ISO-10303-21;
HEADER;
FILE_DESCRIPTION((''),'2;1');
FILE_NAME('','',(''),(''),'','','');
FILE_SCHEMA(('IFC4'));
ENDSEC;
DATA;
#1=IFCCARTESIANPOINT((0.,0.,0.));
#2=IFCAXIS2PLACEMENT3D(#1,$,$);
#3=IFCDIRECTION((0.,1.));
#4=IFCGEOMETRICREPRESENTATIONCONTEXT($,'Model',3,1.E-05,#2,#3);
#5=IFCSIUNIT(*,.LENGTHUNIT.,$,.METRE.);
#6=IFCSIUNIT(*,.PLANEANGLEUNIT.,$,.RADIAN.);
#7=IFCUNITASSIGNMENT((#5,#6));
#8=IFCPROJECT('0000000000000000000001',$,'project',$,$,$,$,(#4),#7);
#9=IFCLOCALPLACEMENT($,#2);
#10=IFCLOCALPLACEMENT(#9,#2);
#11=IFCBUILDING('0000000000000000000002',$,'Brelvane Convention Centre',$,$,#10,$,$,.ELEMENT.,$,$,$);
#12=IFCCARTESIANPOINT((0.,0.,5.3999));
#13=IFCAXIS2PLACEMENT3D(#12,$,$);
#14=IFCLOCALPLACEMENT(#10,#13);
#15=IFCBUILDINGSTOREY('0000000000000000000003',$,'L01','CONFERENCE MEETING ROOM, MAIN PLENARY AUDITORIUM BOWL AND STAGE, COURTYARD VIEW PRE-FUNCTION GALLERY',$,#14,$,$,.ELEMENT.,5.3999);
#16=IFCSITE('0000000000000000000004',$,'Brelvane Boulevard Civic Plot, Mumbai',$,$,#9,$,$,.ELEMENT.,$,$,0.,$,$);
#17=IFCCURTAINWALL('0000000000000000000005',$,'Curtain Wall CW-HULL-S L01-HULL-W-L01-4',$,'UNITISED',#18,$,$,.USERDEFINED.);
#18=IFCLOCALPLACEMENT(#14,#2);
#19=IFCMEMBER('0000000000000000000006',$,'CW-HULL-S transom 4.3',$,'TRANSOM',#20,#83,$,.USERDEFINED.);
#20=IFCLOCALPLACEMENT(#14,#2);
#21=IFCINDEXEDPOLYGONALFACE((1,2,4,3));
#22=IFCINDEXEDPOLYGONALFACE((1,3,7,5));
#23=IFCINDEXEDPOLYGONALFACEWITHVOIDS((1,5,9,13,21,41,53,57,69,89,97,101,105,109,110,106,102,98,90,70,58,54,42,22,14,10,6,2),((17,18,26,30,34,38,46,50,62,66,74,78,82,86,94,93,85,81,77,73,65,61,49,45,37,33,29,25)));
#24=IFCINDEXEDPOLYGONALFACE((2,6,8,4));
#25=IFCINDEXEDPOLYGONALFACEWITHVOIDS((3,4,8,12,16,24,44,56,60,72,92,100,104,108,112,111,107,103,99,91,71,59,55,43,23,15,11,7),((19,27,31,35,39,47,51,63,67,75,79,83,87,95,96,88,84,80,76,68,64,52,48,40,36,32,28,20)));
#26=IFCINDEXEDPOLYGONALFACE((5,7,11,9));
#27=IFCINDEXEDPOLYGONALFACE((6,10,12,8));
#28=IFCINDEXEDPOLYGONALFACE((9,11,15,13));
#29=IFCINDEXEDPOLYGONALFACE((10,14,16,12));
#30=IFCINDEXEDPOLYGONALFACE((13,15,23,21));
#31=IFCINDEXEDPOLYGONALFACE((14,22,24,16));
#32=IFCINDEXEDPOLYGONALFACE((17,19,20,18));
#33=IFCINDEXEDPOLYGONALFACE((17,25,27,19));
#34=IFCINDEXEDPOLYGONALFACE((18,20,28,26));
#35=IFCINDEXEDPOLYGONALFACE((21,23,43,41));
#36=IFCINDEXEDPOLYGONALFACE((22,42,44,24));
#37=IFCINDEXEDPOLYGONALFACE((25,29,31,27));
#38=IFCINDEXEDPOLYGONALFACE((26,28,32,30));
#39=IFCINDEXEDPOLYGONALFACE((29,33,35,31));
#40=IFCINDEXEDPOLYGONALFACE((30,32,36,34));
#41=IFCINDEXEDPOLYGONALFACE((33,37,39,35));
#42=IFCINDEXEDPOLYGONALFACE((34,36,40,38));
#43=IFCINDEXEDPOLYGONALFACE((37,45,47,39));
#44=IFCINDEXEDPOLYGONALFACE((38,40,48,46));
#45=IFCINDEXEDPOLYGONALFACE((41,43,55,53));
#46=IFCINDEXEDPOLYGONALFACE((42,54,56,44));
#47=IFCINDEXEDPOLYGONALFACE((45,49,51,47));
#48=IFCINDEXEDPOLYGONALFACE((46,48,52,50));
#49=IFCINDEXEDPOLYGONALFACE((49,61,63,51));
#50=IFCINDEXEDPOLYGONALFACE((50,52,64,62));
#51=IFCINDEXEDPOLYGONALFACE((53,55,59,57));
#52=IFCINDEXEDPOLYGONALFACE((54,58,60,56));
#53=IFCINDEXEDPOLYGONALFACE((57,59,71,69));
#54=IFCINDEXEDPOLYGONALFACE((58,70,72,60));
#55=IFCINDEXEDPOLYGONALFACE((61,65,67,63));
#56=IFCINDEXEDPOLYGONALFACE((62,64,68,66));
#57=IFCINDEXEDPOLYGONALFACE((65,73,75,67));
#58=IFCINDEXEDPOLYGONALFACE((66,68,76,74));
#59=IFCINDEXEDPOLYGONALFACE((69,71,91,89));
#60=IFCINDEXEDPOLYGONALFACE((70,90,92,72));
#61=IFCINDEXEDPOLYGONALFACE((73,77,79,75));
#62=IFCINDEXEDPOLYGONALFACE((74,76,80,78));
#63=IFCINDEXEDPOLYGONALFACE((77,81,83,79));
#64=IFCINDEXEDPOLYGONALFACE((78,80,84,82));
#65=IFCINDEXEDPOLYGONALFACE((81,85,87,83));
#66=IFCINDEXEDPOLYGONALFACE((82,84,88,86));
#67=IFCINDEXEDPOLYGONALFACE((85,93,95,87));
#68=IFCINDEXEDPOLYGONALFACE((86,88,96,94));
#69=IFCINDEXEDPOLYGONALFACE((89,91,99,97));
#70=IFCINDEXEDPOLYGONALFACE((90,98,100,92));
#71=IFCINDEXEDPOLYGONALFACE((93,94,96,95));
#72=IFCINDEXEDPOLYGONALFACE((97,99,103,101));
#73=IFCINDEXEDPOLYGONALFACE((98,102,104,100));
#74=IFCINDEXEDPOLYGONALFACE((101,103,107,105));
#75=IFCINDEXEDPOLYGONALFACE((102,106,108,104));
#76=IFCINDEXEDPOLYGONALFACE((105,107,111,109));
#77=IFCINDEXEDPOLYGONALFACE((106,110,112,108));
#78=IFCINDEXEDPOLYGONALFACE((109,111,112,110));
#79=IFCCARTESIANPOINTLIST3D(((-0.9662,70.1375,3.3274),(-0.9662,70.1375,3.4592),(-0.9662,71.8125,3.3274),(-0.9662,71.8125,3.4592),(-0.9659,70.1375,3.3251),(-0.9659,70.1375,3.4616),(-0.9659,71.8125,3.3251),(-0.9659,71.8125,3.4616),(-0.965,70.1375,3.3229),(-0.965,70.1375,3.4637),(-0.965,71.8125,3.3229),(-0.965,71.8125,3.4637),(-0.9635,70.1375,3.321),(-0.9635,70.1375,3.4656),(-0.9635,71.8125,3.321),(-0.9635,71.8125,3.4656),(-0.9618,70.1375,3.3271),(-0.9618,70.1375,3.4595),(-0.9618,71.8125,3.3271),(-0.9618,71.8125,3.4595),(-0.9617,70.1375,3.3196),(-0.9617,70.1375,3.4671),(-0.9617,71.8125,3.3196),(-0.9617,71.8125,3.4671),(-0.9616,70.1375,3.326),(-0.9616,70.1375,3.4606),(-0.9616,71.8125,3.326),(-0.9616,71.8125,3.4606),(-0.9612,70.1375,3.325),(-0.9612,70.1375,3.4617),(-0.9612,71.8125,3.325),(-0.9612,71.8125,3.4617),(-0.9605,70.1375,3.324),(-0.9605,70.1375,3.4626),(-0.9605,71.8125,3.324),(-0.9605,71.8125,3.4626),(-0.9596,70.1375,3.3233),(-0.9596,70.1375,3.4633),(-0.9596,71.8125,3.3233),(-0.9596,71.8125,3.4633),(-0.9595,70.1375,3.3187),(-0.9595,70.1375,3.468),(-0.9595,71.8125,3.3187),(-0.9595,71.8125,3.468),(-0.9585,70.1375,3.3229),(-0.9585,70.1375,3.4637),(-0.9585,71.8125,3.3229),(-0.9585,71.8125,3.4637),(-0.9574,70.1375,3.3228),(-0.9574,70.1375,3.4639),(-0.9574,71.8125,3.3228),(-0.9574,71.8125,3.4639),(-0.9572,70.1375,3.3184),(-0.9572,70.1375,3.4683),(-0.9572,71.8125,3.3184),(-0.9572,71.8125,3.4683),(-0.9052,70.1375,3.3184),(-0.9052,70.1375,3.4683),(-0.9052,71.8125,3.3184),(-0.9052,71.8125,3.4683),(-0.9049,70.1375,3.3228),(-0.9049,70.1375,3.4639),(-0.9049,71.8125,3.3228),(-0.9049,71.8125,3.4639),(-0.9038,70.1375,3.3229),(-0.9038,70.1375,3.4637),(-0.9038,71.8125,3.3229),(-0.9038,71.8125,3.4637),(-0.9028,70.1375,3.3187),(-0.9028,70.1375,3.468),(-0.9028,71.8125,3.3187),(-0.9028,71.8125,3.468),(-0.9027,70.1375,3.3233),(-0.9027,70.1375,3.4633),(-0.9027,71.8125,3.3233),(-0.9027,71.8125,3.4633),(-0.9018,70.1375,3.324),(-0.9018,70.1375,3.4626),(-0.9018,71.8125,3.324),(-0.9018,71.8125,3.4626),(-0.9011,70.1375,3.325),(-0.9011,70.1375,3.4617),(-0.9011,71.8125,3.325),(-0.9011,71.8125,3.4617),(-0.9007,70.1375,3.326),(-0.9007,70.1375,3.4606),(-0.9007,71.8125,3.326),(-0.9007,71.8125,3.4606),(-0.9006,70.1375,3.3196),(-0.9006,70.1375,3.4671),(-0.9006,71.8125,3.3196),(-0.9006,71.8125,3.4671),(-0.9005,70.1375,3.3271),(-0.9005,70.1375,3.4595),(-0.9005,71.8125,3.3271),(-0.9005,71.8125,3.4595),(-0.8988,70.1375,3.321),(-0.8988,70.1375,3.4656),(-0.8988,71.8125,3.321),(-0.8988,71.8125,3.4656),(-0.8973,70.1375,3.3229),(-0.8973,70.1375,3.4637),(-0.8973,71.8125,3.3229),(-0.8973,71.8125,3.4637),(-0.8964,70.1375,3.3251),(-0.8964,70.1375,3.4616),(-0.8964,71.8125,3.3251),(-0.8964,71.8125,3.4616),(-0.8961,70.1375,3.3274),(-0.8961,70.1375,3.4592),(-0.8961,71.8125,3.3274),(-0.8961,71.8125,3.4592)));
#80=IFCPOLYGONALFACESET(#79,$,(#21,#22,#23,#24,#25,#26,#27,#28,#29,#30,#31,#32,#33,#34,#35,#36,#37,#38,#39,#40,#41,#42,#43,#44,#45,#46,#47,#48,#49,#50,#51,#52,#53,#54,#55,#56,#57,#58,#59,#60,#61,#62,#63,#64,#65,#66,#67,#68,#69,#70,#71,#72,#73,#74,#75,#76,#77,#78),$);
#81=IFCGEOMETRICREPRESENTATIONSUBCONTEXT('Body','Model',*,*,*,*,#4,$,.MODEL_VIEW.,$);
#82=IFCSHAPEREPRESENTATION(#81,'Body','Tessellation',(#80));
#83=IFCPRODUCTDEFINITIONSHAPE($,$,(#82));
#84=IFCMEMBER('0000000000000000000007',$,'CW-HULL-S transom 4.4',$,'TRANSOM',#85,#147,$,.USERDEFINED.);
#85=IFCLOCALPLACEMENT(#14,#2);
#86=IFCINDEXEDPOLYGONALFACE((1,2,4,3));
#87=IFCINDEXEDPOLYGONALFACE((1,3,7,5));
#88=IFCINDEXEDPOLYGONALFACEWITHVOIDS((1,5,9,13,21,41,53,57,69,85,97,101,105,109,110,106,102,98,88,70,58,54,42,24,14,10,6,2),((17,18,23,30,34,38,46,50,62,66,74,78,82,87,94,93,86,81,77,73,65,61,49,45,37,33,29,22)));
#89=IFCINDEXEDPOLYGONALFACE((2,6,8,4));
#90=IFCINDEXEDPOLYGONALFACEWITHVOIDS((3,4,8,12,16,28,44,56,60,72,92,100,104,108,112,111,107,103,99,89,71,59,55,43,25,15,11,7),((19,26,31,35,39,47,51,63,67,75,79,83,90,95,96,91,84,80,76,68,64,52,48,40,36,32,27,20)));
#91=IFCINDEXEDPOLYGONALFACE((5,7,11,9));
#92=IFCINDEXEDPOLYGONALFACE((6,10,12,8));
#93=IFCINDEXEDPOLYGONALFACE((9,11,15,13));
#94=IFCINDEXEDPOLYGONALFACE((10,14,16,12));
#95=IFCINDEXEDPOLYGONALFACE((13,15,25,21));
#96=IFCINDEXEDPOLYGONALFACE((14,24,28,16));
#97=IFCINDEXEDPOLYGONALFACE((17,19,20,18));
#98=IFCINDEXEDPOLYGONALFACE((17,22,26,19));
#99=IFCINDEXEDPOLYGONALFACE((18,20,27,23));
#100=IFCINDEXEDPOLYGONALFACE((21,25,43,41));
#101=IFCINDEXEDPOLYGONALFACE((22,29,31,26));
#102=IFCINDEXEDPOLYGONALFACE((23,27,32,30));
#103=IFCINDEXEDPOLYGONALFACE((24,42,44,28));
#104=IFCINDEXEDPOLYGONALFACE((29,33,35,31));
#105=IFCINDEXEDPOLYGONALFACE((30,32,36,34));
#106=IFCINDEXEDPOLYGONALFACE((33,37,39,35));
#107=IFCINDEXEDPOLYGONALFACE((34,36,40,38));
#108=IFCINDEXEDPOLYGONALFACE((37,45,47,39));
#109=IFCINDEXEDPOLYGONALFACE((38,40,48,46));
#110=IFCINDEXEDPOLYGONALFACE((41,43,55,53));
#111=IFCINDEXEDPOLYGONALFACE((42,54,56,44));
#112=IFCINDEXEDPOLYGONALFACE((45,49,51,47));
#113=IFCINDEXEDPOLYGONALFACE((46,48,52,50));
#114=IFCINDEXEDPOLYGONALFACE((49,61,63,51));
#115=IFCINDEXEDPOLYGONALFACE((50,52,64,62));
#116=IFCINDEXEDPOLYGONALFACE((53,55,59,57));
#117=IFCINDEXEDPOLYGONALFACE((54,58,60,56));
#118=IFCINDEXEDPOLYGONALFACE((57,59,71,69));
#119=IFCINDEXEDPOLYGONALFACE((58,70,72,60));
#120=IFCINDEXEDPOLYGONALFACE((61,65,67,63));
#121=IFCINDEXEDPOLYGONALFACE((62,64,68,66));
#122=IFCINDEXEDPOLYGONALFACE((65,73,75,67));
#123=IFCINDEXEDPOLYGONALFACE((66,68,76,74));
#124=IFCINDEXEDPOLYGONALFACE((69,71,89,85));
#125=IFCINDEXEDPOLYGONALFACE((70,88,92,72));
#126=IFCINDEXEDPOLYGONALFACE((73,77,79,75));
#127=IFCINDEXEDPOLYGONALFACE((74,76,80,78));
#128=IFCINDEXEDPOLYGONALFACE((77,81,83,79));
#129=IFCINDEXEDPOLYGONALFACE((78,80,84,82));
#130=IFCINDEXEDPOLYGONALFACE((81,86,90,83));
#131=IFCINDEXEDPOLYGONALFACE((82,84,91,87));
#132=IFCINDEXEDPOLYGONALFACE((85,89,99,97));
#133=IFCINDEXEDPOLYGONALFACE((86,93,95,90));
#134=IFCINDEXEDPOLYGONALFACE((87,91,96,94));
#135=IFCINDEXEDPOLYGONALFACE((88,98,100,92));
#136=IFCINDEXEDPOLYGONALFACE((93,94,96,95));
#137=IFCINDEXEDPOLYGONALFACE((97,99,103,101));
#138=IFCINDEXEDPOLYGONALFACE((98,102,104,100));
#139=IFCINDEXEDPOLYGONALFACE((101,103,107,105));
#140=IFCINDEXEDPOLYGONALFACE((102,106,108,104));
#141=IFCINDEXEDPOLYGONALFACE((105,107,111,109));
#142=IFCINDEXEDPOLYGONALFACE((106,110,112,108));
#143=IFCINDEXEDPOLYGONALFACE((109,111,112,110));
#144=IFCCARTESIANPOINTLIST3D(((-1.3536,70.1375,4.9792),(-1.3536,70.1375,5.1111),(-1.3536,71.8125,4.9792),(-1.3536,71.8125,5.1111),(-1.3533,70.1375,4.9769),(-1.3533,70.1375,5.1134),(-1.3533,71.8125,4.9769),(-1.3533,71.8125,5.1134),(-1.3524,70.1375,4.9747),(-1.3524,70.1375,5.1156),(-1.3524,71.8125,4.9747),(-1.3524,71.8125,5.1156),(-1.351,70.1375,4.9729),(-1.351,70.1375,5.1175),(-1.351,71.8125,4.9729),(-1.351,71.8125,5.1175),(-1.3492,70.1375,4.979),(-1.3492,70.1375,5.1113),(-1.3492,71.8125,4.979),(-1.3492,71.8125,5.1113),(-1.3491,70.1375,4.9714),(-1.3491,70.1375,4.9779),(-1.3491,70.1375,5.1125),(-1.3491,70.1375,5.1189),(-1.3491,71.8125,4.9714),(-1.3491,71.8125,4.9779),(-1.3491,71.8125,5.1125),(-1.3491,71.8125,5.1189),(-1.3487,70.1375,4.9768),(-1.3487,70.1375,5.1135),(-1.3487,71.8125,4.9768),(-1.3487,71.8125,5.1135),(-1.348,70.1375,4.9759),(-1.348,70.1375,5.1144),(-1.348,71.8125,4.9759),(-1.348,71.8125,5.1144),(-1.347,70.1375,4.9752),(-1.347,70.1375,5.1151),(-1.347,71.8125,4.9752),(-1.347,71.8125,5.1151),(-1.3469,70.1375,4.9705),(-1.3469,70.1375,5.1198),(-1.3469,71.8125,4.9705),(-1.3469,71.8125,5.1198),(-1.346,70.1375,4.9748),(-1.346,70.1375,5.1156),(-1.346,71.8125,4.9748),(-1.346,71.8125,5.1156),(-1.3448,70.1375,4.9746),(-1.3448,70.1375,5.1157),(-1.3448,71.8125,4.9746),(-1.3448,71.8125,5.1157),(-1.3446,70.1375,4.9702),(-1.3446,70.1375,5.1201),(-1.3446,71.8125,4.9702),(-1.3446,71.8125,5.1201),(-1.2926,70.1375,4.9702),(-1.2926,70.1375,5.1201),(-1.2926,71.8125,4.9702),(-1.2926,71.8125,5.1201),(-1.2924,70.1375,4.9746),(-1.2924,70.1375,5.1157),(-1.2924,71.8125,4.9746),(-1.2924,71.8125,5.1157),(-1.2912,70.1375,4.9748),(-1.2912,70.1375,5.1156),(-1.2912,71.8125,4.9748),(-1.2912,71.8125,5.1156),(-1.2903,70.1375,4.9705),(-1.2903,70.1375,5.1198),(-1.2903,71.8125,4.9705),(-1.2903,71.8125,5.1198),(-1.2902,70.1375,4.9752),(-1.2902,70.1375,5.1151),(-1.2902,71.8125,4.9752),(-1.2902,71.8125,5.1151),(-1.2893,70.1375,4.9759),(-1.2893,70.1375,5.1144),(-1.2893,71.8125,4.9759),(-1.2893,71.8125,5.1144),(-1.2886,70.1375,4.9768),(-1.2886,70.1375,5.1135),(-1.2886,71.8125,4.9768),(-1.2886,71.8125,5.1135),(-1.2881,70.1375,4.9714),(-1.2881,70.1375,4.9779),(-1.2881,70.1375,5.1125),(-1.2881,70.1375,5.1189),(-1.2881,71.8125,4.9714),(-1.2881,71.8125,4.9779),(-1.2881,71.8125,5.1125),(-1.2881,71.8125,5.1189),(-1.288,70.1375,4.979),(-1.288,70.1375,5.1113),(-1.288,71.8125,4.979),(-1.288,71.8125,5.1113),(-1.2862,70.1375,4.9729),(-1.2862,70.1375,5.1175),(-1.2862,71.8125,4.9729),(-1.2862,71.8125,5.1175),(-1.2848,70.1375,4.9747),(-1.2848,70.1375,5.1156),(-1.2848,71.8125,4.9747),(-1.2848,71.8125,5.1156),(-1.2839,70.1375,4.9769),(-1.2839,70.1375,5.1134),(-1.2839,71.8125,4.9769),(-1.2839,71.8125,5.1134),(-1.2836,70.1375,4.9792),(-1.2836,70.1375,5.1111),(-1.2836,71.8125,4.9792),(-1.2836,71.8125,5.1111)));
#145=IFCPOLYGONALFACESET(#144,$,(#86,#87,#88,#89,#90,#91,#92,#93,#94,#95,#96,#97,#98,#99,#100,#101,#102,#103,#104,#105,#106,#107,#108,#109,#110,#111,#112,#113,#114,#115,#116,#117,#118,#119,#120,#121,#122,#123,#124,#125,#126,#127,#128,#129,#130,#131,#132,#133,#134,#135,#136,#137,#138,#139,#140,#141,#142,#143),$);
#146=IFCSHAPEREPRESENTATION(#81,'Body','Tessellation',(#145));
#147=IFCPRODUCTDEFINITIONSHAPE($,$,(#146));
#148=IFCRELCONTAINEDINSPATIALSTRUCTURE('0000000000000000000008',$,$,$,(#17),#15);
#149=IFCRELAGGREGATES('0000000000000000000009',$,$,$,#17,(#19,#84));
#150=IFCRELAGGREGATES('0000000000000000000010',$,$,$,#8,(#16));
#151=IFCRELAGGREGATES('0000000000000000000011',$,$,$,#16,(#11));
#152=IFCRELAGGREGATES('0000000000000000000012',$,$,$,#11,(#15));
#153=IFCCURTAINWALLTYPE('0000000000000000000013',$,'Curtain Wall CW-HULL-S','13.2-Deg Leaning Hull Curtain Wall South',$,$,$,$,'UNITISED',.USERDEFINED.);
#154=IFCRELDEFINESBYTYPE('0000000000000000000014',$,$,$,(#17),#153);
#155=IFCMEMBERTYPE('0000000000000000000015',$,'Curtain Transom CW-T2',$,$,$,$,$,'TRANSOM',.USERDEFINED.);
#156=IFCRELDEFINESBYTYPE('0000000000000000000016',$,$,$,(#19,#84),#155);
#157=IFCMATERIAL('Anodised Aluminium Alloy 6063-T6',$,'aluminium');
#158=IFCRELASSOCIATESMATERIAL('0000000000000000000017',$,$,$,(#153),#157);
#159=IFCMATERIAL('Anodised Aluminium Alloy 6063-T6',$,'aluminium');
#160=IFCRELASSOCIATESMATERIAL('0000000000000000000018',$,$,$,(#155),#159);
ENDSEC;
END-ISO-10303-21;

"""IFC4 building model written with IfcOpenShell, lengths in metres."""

from ifc_helpers import new_model, si_unit, direction, frame, origin, origin_2d, place, context, subcontext, project, spatial, hollow_rectangle, extrude, material, material_profile, profile_set, type_object, element, aggregate, save


model = new_model("IFC4")

# Units and contexts
model_context = context("Model", 3, precision=1e-05, world=origin(), true_north=direction((0.0, 1.0)))
body_context = subcontext(model_context, "Body", "Model", "MODEL_VIEW")
ifc_project = project(units=[si_unit("LENGTHUNIT", "METRE"), si_unit("PLANEANGLEUNIT", "RADIAN")], contexts=[model_context])

# Site, building, storey
site_placement = place(None, origin())
site = spatial("IfcSite", under=ifc_project, at=site_placement, Name="Brelvane Boulevard Civic Plot, Mumbai", CompositionType="ELEMENT", RefElevation=0.0)
building_placement = place(site_placement, origin())
building = spatial("IfcBuilding", under=site, at=building_placement, Name="Brelvane Convention Centre", CompositionType="ELEMENT")
storey_placement = place(building_placement, frame((0.0, 0.0, 5.3999)))
storey = spatial("IfcBuildingStorey", under=building, at=storey_placement, Name="L01", Description="CONFERENCE MEETING ROOM, MAIN PLENARY AUDITORIUM BOWL AND STAGE, COURTYARD VIEW PRE-FUNCTION GALLERY", CompositionType="ELEMENT", Elevation=5.3999)

# Curtain wall, members
ifc_material_1 = material(Name="Anodised Aluminium Alloy 6063-T6", Category="aluminium")
curtain_wall_type = type_object("IfcCurtainWallType", Name="Curtain Wall CW-HULL-S", Description="13.2-Deg Leaning Hull Curtain Wall South", ElementType="UNITISED", PredefinedType="USERDEFINED", material=ifc_material_1)
curtain_wall_placement = place(storey_placement, origin())
curtain_wall = element("IfcCurtainWall", 1, at=curtain_wall_placement, inside=storey, type_object=curtain_wall_type, Name="Curtain Wall CW-HULL-S L01-HULL-W-L01-4", ObjectType="UNITISED", PredefinedType="USERDEFINED")
ifc_material_2 = material(Name="Anodised Aluminium Alloy 6063-T6", Category="aluminium")
ifc_material_profile_1 = material_profile(ifc_material_2, hollow_rectangle(XDim=0.0701, YDim=0.1499, WallThickness=0.0044, InnerFilletRadius=0.0044, OuterFilletRadius=0.009, at=origin_2d()), Name="ALU-T 150x70x4.5")
ifc_profile_set_1 = profile_set([ifc_material_profile_1], Name="Anodised Aluminium Alloy 6063-T6")
member_type_1 = type_object("IfcMemberType", Name="Curtain Transom CW-T2", ElementType="TRANSOM", PredefinedType="USERDEFINED", material=ifc_profile_set_1)
member_1_placement = place(storey_placement, frame((-0.9312, 70.1375, 3.3933), z_axis=(0.0, 1.0, 0.0), x_axis=(-1.0, 0.0, 0.0)))
member_1 = element("IfcMember", 2, at=member_1_placement, type_object=member_type_1, Name="CW-HULL-S transom 4.3", ObjectType="TRANSOM", PredefinedType="USERDEFINED", context=body_context, shape_type="SweptSolid", body=[
    extrude(hollow_rectangle(XDim=0.0701, YDim=0.1499, WallThickness=0.0044, InnerFilletRadius=0.0044, OuterFilletRadius=0.009, at=origin_2d()), origin(), (0.0, 0.0, 1.0), 1.675),
])
member_2_placement = place(storey_placement, frame((-1.3186, 70.1375, 5.0452), z_axis=(0.0, 1.0, 0.0), x_axis=(-1.0, 0.0, 0.0)))
member_2 = element("IfcMember", 3, at=member_2_placement, type_object=member_type_1, Name="CW-HULL-S transom 4.4", ObjectType="TRANSOM", PredefinedType="USERDEFINED", context=body_context, shape_type="SweptSolid", body=[
    extrude(hollow_rectangle(XDim=0.0701, YDim=0.1499, WallThickness=0.0044, InnerFilletRadius=0.0044, OuterFilletRadius=0.009, at=origin_2d()), origin(), (0.0, 0.0, 1.0), 1.675),
])
aggregate(curtain_wall, [member_1, member_2])

save(model, "model.ifc")
